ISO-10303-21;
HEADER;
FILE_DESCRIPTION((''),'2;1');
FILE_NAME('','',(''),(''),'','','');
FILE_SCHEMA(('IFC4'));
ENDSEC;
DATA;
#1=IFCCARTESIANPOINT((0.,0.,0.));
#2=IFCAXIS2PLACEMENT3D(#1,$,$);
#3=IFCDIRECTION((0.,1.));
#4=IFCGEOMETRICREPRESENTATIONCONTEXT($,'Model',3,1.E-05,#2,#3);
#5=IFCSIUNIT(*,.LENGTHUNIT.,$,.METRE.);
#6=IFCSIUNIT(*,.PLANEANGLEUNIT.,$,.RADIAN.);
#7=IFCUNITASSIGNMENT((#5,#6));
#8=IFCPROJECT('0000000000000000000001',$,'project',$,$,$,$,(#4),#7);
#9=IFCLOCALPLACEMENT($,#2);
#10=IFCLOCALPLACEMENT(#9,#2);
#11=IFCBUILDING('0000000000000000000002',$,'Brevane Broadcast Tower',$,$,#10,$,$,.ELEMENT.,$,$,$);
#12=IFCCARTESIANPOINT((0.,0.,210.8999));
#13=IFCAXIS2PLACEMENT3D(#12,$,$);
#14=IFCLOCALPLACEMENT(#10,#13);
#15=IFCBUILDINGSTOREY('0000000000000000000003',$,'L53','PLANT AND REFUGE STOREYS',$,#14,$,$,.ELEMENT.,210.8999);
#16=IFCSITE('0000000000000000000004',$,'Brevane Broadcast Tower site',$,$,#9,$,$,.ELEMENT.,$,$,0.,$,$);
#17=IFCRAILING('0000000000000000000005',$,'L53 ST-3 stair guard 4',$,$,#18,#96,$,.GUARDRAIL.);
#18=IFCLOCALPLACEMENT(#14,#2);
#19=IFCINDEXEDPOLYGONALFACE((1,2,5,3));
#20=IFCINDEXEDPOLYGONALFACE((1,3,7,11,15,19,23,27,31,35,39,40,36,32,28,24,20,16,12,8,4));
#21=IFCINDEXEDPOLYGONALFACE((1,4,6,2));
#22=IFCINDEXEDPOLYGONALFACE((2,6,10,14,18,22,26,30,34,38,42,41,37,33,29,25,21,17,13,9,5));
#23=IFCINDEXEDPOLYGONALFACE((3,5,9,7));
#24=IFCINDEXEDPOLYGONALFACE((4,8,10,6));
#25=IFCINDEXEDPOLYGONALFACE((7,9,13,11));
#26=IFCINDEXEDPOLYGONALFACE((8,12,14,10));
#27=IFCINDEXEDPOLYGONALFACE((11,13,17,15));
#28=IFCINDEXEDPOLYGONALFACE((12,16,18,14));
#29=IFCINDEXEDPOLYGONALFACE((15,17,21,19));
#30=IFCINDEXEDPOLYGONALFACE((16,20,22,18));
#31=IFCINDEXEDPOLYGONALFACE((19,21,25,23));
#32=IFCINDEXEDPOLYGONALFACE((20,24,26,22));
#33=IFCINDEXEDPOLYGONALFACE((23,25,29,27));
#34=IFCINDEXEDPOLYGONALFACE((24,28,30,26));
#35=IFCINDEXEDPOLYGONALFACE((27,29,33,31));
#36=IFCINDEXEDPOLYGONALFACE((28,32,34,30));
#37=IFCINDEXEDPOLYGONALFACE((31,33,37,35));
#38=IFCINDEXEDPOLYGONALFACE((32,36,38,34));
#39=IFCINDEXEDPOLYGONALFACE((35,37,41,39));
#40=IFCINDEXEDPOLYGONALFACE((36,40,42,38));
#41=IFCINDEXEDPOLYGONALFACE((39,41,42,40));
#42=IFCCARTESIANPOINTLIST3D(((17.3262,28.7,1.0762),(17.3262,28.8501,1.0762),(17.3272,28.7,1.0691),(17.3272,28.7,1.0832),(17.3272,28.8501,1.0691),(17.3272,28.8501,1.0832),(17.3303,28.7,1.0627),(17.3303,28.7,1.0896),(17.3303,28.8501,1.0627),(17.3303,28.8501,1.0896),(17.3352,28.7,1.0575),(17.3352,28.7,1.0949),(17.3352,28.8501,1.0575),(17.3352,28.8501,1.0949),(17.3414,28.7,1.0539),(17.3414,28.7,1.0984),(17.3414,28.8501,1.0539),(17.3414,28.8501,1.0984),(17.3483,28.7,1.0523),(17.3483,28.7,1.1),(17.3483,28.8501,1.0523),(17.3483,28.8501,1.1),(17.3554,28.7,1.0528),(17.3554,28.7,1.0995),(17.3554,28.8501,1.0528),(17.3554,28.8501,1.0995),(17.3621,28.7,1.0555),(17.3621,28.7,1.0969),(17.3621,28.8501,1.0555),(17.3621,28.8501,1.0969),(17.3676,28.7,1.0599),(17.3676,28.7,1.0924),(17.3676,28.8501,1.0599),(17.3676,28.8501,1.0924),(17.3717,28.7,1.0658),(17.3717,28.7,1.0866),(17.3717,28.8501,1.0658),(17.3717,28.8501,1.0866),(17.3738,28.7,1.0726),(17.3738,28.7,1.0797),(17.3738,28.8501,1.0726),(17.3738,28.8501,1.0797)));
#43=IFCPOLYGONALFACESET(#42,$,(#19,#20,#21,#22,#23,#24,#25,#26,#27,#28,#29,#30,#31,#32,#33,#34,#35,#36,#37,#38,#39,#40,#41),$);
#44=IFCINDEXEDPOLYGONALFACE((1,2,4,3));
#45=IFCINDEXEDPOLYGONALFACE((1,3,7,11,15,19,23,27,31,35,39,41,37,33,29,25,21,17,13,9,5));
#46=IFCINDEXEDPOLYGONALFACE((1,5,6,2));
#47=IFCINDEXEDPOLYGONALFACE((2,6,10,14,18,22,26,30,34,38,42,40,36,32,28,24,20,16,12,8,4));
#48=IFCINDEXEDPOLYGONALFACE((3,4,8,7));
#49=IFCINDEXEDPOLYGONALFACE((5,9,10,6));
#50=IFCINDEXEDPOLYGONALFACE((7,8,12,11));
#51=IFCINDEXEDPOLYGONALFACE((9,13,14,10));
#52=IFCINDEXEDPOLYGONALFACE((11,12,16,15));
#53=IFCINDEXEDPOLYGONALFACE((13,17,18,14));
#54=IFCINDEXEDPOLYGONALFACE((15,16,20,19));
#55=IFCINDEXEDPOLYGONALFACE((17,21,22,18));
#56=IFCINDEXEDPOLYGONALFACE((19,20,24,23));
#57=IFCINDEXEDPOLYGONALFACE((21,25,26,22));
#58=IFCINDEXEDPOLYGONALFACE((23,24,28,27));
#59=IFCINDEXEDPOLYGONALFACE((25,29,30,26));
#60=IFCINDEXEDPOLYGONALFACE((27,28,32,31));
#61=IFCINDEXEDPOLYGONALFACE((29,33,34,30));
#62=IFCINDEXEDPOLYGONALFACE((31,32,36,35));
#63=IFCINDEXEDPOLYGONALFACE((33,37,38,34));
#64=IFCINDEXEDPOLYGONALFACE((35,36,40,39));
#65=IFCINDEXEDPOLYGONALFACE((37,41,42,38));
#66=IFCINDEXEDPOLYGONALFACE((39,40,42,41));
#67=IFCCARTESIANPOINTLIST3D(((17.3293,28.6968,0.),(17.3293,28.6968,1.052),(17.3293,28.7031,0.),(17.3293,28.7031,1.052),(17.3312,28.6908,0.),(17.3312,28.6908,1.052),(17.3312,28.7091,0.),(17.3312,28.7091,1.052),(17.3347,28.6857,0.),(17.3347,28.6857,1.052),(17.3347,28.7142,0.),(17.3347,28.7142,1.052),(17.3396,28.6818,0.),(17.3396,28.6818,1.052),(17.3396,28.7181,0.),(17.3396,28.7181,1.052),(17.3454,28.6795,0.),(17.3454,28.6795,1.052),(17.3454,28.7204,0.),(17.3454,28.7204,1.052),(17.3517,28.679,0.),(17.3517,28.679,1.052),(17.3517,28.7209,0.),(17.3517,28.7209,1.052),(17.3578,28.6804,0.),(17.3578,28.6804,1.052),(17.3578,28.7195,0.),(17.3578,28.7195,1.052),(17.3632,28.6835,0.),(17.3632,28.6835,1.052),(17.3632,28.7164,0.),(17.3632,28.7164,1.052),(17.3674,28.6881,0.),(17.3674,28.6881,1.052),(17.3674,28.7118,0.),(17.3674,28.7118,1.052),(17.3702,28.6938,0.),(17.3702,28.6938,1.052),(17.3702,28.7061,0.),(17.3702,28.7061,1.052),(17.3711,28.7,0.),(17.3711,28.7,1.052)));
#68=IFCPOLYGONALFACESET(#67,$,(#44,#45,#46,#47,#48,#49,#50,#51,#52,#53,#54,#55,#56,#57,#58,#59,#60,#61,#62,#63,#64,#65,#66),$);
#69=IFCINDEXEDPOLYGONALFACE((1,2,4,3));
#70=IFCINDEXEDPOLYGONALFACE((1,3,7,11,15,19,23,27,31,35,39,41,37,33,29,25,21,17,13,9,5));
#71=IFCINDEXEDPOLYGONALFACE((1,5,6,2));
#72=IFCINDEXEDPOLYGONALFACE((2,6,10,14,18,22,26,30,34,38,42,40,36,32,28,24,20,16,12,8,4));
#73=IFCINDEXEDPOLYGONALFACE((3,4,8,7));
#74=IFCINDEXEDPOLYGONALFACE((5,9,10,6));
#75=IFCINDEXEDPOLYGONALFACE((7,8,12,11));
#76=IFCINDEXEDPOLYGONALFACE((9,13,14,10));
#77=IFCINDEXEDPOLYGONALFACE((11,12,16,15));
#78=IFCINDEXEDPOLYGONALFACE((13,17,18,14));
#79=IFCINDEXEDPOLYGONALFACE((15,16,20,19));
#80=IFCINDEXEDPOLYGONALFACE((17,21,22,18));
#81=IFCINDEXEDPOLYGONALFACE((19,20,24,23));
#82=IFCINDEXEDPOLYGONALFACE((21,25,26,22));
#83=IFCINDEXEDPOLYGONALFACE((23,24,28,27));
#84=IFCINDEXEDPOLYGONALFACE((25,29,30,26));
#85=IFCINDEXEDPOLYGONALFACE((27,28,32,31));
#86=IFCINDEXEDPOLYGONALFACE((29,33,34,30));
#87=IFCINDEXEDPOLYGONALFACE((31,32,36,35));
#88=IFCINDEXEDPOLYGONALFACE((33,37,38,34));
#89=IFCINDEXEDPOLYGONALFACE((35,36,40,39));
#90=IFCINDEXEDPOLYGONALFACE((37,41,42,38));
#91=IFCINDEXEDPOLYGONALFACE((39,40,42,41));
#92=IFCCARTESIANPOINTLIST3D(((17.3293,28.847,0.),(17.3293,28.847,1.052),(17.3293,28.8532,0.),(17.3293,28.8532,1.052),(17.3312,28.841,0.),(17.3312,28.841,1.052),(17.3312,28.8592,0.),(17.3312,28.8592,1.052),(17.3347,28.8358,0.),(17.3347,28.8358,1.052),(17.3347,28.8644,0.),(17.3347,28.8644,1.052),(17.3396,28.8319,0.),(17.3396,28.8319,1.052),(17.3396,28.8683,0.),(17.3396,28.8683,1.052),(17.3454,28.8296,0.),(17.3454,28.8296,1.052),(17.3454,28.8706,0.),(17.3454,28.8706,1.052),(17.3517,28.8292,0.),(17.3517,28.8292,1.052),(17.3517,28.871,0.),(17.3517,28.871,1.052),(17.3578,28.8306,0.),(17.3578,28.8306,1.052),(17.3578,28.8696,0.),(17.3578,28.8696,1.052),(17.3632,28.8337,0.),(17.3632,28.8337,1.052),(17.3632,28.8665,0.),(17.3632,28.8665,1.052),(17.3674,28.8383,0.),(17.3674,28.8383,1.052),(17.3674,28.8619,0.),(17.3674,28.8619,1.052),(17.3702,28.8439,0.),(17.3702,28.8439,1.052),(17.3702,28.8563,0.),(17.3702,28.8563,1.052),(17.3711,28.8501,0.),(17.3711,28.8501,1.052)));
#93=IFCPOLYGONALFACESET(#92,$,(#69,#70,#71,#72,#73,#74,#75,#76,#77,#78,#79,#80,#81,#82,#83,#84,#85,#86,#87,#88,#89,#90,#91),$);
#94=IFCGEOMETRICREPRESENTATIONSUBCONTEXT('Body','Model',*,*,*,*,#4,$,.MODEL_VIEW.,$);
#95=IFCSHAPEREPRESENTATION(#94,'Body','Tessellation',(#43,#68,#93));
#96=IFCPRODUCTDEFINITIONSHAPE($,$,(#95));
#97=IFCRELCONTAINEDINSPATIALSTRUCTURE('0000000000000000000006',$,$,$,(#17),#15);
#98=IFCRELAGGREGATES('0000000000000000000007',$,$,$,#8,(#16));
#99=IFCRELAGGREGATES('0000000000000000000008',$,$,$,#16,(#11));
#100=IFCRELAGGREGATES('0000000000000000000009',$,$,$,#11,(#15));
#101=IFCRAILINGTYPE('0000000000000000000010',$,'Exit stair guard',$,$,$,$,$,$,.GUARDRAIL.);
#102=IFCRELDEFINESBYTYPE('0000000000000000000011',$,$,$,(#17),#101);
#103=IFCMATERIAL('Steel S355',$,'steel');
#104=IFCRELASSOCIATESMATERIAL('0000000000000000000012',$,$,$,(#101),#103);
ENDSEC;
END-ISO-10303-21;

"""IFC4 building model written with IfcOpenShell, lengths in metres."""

from ifc_helpers import new_model, si_unit, direction, frame, origin, origin_2d, place, context, subcontext, project, spatial, circle, extrude, material, type_object, element, save


model = new_model("IFC4")

# Units and contexts
model_context = context("Model", 3, precision=1e-05, world=origin(), true_north=direction((0.0, 1.0)))
body_context = subcontext(model_context, "Body", "Model", "MODEL_VIEW")
ifc_project = project(units=[si_unit("LENGTHUNIT", "METRE"), si_unit("PLANEANGLEUNIT", "RADIAN")], contexts=[model_context])

# Site, building, storey
site_placement = place(None, origin())
site = spatial("IfcSite", under=ifc_project, at=site_placement, Name="Brevane Broadcast Tower site", CompositionType="ELEMENT", RefElevation=0.0)
building_placement = place(site_placement, origin())
building = spatial("IfcBuilding", under=site, at=building_placement, Name="Brevane Broadcast Tower", CompositionType="ELEMENT")
storey_placement = place(building_placement, frame((0.0, 0.0, 210.8999)))
storey = spatial("IfcBuildingStorey", under=building, at=storey_placement, Name="L53", Description="PLANT AND REFUGE STOREYS", CompositionType="ELEMENT", Elevation=210.8999)

# Shared definitions
ifc_material_1 = material(Name="Steel S355", Category="steel")

# Railing
railing_type_1 = type_object("IfcRailingType", Name="Exit stair guard", PredefinedType="GUARDRAIL", material=ifc_material_1)
railing_1_placement = place(storey_placement, frame((17.3501, 28.7, 0.0)))
element("IfcRailing", 1, at=railing_1_placement, inside=storey, type_object=railing_type_1, Name="L53 ST-3 stair guard 4", PredefinedType="GUARDRAIL", context=body_context, shape_type="SweptSolid", body=[
    extrude(circle(Radius=0.0239, at=origin_2d()), frame((0.0, 0.0, 1.0762), z_axis=(0.0, 1.0, 0.0), x_axis=(-1.0, 0.0, 0.0)), (0.0, 0.0, 1.0), 0.1501),
    extrude(circle(Radius=0.021, at=origin_2d()), origin(), (0.0, 0.0, 1.0), 1.052),
    extrude(circle(Radius=0.021, at=origin_2d()), frame((0.0, 0.1501, 0.0)), (0.0, 0.0, 1.0), 1.052),
])

save(model, "model.ifc")
